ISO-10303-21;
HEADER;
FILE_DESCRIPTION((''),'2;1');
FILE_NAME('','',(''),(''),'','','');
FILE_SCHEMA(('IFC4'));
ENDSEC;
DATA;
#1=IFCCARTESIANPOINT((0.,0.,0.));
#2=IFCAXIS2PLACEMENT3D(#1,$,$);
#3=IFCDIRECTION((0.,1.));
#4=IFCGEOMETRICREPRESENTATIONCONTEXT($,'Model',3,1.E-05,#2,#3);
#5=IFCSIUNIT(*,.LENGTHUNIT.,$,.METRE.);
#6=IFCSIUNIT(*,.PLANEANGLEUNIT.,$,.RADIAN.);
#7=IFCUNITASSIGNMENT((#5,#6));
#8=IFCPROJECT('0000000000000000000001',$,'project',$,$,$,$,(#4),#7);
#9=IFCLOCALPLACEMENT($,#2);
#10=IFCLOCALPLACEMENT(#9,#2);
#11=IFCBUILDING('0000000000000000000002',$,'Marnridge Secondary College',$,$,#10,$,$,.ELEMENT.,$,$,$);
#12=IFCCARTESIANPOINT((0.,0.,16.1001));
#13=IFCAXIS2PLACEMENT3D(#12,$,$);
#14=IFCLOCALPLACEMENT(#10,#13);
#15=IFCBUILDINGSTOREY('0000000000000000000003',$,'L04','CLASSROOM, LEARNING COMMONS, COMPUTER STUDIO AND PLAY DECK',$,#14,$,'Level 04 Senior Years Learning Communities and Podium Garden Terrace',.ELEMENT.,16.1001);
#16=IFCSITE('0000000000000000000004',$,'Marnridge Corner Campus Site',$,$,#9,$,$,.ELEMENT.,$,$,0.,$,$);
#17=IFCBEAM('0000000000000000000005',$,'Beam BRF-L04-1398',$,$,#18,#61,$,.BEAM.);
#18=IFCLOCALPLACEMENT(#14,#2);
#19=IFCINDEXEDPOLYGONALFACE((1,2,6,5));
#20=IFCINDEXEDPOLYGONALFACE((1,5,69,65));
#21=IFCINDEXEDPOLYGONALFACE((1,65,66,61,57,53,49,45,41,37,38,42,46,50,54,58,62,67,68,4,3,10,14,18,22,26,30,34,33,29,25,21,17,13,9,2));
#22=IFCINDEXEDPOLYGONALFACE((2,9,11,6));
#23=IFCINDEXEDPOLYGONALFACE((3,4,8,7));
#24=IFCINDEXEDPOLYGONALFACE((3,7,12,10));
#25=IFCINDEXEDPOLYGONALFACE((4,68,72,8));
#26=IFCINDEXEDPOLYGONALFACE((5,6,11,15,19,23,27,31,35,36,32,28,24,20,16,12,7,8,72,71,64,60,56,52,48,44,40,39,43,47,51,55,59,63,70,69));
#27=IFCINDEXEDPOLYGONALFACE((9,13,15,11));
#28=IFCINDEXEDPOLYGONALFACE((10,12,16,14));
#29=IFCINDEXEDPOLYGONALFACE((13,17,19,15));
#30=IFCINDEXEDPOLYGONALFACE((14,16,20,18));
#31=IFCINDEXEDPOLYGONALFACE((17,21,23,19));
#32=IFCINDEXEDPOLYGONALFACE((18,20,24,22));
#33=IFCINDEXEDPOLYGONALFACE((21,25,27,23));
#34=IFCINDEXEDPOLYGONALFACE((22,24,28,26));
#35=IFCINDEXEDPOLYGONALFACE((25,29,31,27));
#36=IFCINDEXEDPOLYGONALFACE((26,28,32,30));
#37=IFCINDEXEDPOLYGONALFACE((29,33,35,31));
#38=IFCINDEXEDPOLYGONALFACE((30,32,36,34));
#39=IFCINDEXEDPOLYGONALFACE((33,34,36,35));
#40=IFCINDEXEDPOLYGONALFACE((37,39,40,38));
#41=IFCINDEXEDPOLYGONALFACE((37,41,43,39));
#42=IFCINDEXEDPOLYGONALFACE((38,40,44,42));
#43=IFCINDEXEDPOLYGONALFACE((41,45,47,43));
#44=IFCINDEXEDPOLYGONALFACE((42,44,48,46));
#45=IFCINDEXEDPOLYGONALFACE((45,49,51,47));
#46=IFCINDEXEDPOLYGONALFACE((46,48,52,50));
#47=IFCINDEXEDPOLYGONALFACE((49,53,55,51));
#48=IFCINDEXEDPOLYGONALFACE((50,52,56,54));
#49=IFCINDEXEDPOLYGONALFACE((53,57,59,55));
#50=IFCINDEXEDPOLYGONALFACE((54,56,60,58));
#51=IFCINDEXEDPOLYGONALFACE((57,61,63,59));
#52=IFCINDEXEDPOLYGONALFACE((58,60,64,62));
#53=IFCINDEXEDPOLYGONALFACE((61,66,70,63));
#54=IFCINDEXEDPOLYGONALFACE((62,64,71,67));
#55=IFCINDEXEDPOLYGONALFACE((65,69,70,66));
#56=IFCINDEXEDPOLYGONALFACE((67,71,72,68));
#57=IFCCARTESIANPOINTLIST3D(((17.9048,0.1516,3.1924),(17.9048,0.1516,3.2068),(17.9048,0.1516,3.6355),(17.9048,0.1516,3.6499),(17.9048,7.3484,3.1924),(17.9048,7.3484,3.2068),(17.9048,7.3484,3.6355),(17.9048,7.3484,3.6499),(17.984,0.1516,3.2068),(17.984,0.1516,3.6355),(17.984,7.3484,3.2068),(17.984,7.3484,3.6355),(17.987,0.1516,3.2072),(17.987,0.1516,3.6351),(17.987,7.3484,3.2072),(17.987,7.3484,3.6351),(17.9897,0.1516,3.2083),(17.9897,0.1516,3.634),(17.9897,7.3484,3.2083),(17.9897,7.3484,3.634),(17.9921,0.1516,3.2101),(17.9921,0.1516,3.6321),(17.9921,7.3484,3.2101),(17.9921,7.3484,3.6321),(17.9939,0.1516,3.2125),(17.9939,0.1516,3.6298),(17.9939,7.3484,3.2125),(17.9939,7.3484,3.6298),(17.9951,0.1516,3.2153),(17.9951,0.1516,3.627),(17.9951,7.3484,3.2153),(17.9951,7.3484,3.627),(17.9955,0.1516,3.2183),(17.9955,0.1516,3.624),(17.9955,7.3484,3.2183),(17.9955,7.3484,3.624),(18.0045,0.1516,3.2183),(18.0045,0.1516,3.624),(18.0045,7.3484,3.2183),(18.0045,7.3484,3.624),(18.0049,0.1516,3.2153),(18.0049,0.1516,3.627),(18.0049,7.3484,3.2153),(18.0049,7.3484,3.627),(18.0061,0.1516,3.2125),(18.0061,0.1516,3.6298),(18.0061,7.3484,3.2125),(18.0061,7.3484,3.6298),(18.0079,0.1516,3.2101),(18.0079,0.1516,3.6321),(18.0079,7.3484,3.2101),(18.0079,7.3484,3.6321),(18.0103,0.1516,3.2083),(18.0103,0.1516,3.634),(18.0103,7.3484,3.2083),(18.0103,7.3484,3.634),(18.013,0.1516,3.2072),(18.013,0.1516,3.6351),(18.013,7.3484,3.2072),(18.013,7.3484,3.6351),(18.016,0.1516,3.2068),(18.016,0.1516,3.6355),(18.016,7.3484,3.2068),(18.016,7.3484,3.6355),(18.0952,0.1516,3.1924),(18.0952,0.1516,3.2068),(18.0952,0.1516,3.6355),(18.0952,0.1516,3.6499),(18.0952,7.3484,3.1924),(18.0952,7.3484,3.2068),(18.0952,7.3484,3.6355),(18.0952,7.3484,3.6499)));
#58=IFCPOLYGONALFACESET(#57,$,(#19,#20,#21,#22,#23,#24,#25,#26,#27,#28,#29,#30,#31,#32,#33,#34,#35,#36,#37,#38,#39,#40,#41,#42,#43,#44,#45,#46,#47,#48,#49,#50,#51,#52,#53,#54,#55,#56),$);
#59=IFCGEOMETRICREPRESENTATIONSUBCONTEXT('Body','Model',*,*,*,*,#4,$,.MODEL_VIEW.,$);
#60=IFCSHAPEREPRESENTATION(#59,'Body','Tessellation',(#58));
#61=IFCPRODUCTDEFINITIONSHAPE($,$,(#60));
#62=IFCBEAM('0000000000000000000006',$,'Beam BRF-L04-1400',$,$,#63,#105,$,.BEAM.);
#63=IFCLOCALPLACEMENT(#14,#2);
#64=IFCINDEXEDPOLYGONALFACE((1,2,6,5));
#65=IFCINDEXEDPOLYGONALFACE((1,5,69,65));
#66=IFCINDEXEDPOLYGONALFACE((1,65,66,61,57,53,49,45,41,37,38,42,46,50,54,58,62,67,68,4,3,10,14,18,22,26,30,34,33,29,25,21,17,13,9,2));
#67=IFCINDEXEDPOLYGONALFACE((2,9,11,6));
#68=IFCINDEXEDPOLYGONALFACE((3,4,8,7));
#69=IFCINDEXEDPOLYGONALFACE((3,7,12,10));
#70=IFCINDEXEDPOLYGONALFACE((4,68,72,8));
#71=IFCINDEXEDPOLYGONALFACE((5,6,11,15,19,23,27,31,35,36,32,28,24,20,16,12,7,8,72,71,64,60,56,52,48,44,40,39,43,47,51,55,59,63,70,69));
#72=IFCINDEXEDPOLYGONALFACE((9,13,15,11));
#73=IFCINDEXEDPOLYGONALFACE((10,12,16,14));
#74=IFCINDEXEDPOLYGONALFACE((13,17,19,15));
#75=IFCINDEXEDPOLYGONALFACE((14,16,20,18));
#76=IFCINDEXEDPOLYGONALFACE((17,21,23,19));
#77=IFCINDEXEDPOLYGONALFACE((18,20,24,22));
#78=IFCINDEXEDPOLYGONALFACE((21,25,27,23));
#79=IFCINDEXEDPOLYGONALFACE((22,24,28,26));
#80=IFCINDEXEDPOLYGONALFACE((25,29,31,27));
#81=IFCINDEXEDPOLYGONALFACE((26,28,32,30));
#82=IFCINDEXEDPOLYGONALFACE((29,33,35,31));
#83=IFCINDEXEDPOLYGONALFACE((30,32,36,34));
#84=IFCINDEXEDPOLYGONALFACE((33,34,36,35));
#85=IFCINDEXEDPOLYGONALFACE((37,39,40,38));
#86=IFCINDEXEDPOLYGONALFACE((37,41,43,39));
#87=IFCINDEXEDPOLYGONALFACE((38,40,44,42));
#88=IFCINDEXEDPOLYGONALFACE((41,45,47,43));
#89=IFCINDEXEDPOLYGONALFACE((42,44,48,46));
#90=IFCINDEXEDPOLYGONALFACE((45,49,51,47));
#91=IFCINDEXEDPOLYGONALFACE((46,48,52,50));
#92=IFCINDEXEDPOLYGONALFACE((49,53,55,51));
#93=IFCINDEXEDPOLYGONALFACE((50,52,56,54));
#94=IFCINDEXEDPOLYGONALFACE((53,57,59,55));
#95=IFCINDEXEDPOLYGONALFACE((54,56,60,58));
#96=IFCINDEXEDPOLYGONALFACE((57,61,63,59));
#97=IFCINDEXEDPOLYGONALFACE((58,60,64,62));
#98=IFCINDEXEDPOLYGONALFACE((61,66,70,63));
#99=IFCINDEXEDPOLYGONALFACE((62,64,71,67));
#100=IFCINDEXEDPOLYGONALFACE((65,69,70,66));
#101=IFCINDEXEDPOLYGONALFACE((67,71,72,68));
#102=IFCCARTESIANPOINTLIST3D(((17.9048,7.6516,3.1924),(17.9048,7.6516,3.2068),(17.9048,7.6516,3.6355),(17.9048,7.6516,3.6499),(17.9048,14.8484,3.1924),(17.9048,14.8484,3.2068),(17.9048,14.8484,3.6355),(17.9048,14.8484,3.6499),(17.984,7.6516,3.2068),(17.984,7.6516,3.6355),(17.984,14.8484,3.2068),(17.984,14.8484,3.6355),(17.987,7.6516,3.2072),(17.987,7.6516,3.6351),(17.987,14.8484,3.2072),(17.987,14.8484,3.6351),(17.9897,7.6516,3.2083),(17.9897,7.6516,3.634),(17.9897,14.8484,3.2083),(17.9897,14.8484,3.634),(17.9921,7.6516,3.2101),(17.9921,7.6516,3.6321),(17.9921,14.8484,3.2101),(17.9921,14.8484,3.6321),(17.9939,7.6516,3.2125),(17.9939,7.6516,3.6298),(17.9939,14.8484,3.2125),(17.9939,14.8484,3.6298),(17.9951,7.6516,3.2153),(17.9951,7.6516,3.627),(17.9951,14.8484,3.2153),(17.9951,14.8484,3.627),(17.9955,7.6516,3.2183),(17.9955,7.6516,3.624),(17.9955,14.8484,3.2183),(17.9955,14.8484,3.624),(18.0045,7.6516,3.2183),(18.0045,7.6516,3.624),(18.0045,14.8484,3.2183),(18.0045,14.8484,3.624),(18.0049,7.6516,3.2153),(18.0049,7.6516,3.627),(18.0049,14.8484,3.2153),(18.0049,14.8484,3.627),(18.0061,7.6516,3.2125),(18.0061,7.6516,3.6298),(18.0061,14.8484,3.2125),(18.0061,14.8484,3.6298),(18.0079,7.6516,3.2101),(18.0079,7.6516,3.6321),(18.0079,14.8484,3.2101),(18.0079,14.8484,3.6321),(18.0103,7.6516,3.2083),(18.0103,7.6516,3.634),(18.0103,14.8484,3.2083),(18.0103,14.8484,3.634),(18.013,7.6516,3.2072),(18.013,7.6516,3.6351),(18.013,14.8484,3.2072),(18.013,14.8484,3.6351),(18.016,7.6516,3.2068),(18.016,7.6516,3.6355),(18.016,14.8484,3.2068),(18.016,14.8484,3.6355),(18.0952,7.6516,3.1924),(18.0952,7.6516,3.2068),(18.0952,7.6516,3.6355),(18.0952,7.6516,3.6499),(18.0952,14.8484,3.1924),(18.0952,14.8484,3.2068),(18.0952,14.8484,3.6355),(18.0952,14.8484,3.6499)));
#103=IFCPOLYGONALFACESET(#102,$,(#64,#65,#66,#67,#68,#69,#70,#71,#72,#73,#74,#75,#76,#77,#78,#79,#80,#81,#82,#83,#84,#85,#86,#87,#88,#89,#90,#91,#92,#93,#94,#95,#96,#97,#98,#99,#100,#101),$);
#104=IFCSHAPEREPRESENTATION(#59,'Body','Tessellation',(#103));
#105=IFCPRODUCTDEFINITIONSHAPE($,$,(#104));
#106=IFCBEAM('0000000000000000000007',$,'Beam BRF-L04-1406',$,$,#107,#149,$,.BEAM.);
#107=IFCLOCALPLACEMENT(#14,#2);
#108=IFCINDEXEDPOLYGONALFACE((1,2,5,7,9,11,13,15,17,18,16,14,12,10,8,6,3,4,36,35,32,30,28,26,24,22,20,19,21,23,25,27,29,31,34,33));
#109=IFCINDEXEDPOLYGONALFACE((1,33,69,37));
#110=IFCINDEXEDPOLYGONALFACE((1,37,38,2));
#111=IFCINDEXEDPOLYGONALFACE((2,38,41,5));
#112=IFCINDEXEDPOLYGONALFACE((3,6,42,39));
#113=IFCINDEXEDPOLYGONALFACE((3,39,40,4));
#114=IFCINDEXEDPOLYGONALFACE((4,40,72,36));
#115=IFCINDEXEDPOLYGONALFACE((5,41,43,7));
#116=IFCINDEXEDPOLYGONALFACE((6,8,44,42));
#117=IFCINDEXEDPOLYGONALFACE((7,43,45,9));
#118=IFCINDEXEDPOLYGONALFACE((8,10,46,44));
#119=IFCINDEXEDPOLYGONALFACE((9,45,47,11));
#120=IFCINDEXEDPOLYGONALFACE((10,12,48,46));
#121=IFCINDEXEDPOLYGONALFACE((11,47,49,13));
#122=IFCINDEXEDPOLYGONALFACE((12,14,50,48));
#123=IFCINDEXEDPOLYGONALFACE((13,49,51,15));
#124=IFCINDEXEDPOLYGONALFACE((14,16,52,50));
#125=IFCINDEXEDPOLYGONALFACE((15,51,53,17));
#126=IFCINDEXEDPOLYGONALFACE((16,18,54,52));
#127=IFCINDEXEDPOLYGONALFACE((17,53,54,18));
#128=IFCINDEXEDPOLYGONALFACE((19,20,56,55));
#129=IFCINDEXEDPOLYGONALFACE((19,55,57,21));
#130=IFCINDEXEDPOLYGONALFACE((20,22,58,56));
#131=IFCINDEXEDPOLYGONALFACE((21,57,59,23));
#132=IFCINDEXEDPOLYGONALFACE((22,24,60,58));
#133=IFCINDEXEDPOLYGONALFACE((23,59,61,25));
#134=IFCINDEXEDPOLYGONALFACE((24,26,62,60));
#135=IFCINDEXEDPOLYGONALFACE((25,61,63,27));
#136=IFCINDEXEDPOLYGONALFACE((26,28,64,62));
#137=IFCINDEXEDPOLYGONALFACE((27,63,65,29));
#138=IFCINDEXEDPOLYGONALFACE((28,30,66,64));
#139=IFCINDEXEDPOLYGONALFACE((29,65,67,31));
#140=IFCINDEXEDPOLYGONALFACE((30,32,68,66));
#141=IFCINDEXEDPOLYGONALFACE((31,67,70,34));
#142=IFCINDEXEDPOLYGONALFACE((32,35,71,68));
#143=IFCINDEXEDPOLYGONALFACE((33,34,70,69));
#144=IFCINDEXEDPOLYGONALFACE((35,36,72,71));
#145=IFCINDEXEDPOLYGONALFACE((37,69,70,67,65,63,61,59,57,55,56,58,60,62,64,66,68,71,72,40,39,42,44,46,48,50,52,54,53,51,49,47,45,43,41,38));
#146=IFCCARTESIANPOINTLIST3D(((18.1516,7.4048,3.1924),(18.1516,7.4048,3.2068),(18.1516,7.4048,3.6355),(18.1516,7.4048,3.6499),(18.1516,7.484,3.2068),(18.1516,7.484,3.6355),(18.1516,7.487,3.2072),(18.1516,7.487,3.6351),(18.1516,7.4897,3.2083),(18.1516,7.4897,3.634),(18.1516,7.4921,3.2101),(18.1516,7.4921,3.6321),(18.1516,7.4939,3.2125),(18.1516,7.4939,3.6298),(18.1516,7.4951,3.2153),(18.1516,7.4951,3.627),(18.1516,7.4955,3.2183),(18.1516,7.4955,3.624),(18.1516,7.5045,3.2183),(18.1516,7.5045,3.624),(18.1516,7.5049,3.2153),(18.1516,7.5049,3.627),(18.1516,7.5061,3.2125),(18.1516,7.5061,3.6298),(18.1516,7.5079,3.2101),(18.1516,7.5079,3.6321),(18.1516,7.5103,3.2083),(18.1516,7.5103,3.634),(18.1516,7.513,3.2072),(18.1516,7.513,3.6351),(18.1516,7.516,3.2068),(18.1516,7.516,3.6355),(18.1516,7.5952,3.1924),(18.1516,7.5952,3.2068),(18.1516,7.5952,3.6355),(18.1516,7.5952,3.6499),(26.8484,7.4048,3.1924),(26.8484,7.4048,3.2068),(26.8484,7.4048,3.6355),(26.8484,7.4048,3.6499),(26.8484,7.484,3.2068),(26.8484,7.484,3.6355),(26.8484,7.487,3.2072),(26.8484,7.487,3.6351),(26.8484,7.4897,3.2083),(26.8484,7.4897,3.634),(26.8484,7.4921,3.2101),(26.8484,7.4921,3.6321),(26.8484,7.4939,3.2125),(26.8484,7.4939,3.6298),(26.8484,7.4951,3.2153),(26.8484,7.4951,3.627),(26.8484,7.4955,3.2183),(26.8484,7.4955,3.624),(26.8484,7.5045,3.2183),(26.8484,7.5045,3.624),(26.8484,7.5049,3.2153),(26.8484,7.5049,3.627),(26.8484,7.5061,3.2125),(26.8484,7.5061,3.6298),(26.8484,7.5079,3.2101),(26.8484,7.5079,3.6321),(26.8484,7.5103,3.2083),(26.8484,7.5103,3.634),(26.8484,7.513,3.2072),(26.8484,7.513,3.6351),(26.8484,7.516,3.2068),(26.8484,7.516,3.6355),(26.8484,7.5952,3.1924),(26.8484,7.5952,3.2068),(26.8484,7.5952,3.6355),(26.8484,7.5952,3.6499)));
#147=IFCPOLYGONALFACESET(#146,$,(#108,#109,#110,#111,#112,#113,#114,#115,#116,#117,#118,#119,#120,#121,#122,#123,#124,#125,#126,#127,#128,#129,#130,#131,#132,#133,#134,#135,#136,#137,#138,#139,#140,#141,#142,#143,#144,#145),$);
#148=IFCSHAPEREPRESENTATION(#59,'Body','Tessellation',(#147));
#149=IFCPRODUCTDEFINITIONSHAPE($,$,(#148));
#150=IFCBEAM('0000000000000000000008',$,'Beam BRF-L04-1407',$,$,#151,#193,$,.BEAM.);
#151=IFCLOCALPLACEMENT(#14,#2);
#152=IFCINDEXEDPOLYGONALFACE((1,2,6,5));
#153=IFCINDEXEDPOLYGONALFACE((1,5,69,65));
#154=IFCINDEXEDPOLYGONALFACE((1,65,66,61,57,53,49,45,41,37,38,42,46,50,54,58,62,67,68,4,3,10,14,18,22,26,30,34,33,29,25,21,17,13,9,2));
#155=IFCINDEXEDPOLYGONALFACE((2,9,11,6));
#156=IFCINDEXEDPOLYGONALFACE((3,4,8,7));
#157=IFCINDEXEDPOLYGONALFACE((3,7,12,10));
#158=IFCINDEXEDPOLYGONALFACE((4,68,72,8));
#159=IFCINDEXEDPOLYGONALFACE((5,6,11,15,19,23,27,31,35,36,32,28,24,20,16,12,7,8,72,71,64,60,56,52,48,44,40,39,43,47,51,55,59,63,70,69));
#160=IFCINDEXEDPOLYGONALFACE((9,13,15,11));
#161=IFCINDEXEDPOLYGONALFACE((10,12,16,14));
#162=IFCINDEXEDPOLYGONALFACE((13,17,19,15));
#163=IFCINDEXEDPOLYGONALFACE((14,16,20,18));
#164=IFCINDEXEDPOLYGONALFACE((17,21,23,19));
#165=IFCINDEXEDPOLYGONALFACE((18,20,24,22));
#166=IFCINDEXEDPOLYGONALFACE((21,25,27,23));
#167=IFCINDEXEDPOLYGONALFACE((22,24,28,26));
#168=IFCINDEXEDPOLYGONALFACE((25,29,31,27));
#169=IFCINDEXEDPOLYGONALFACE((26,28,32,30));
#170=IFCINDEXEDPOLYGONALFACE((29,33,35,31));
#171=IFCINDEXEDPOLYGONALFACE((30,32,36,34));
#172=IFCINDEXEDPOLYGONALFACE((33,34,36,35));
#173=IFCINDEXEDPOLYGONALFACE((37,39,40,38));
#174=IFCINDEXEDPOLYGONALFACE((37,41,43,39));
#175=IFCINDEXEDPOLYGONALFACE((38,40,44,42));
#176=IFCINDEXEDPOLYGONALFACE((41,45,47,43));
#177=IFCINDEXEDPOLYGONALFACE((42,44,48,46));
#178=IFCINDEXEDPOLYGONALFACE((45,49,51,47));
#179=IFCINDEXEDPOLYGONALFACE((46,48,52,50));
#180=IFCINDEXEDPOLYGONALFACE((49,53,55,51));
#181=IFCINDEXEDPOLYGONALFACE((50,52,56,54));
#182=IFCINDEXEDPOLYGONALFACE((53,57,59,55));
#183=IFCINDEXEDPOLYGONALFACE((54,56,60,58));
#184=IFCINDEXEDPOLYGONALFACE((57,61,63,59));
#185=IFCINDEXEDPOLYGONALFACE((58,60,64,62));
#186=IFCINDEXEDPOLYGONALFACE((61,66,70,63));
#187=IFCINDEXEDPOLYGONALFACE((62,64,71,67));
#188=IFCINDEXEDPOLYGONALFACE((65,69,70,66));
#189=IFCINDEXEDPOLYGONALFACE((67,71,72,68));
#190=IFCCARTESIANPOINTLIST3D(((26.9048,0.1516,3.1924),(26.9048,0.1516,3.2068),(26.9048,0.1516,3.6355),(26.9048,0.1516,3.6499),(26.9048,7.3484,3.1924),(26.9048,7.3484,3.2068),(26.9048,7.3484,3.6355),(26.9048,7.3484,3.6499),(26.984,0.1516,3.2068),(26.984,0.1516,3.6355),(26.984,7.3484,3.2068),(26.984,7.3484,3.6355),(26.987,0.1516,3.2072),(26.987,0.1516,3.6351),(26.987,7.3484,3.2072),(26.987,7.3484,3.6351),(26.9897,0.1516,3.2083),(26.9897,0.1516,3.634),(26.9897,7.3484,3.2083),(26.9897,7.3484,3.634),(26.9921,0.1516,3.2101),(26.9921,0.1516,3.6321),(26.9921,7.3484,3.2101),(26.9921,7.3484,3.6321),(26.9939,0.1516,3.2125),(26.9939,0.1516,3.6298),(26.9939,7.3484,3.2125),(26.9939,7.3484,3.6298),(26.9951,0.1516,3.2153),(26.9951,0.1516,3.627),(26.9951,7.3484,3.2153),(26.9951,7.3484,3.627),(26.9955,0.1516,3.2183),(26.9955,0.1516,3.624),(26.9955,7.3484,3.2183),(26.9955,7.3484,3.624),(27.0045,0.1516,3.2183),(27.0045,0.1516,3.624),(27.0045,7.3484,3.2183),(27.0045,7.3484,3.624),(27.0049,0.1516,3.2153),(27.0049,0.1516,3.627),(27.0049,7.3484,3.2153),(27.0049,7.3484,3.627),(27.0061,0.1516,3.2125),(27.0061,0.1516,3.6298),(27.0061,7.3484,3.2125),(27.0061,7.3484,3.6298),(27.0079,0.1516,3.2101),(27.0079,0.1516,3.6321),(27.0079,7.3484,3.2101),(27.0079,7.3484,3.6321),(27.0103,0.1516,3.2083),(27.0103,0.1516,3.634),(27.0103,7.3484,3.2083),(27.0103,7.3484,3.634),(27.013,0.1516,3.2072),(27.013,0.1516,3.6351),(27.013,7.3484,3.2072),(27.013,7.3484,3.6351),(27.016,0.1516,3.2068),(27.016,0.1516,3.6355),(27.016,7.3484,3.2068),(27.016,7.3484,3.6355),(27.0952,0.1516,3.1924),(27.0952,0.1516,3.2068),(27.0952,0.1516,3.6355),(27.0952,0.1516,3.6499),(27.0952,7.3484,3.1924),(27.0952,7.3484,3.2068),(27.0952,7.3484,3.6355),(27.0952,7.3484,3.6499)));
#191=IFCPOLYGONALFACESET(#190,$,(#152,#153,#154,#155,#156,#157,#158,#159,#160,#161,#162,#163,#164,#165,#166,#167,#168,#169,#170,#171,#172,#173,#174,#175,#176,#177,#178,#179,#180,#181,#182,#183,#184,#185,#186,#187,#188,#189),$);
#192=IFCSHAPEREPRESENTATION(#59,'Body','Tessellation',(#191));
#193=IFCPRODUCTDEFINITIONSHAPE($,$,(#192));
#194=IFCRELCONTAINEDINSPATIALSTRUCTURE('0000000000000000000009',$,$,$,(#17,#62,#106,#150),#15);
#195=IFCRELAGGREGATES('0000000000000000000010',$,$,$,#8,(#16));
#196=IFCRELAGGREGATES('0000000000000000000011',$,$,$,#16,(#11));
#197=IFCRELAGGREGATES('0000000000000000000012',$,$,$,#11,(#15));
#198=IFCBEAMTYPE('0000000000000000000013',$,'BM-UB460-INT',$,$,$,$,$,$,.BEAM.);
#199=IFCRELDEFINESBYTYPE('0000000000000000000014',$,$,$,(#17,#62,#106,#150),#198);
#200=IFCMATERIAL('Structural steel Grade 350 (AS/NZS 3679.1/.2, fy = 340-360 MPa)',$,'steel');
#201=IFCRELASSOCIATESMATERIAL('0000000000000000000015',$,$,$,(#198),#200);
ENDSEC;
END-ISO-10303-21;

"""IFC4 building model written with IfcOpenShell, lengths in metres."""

from ifc_helpers import new_model, si_unit, direction, frame, origin, origin_2d, place, context, subcontext, project, spatial, i_section, extrude, material, material_profile, profile_set, type_object, element, save


model = new_model("IFC4")

# Units and contexts
model_context = context("Model", 3, precision=1e-05, world=origin(), true_north=direction((0.0, 1.0)))
body_context = subcontext(model_context, "Body", "Model", "MODEL_VIEW")
ifc_project = project(units=[si_unit("LENGTHUNIT", "METRE"), si_unit("PLANEANGLEUNIT", "RADIAN")], contexts=[model_context])

# Site, building, storey
site_placement = place(None, origin())
site = spatial("IfcSite", under=ifc_project, at=site_placement, Name="Marnridge Corner Campus Site", CompositionType="ELEMENT", RefElevation=0.0)
building_placement = place(site_placement, origin())
building = spatial("IfcBuilding", under=site, at=building_placement, Name="Marnridge Secondary College", CompositionType="ELEMENT")
storey_placement = place(building_placement, frame((0.0, 0.0, 16.1001)))
storey = spatial("IfcBuildingStorey", under=building, at=storey_placement, Name="L04", Description="CLASSROOM, LEARNING COMMONS, COMPUTER STUDIO AND PLAY DECK", LongName="Level 04 Senior Years Learning Communities and Podium Garden Terrace", CompositionType="ELEMENT", Elevation=16.1001)

# Beams
ifc_material_1 = material(Name="Structural steel Grade 350 (AS/NZS 3679.1/.2, fy = 340-360 MPa)", Category="steel")
ifc_material_profile_1 = material_profile(ifc_material_1, i_section(OverallWidth=0.1904, OverallDepth=0.4575, WebThickness=0.009, FlangeThickness=0.0144, FilletRadius=0.0115, at=origin_2d()), Name="460UB74.6")
ifc_profile_set_1 = profile_set([ifc_material_profile_1], Name="Structural steel Grade 350 (AS/NZS 3679.1/.2, fy = 340-360 MPa)")
beam_type_1 = type_object("IfcBeamType", Name="BM-UB460-INT", PredefinedType="BEAM", material=ifc_profile_set_1)
for number, where, z_axis, x_axis, name in (
    (1, (18.0, 0.1516, 3.4211), (0.0, 1.0, 0.0), (-1.0, 0.0, 0.0), "Beam BRF-L04-1398"),
    (2, (18.0, 7.6516, 3.4211), (0.0, 1.0, 0.0), (-1.0, 0.0, 0.0), "Beam BRF-L04-1400"),
):
    element("IfcBeam", number, at=place(storey_placement, frame(where, z_axis=z_axis, x_axis=x_axis)), inside=storey, type_object=beam_type_1, Name=name, PredefinedType="BEAM", context=body_context, shape_type="SweptSolid", body=[
        extrude(i_section(OverallWidth=0.1904, OverallDepth=0.4575, WebThickness=0.009, FlangeThickness=0.0144, FilletRadius=0.0115, at=origin_2d()), origin(), (0.0, 0.0, 1.0), 7.1968),
    ])
beam_1_placement = place(storey_placement, frame((18.1516, 7.5, 3.4211), z_axis=(1.0, 0.0, 0.0), x_axis=(0.0, 1.0, 0.0)))
element("IfcBeam", 3, at=beam_1_placement, inside=storey, type_object=beam_type_1, Name="Beam BRF-L04-1406", PredefinedType="BEAM", context=body_context, shape_type="SweptSolid", body=[
    extrude(i_section(OverallWidth=0.1904, OverallDepth=0.4575, WebThickness=0.009, FlangeThickness=0.0144, FilletRadius=0.0115, at=origin_2d()), origin(), (0.0, 0.0, 1.0), 8.6968),
])
for number, where, z_axis, x_axis, name in (
    (4, (27.0, 0.1516, 3.4211), (0.0, 1.0, 0.0), (-1.0, 0.0, 0.0), "Beam BRF-L04-1407"),
):
    element("IfcBeam", number, at=place(storey_placement, frame(where, z_axis=z_axis, x_axis=x_axis)), inside=storey, type_object=beam_type_1, Name=name, PredefinedType="BEAM", context=body_context, shape_type="SweptSolid", body=[
        extrude(i_section(OverallWidth=0.1904, OverallDepth=0.4575, WebThickness=0.009, FlangeThickness=0.0144, FilletRadius=0.0115, at=origin_2d()), origin(), (0.0, 0.0, 1.0), 7.1968),
    ])

save(model, "model.ifc")
